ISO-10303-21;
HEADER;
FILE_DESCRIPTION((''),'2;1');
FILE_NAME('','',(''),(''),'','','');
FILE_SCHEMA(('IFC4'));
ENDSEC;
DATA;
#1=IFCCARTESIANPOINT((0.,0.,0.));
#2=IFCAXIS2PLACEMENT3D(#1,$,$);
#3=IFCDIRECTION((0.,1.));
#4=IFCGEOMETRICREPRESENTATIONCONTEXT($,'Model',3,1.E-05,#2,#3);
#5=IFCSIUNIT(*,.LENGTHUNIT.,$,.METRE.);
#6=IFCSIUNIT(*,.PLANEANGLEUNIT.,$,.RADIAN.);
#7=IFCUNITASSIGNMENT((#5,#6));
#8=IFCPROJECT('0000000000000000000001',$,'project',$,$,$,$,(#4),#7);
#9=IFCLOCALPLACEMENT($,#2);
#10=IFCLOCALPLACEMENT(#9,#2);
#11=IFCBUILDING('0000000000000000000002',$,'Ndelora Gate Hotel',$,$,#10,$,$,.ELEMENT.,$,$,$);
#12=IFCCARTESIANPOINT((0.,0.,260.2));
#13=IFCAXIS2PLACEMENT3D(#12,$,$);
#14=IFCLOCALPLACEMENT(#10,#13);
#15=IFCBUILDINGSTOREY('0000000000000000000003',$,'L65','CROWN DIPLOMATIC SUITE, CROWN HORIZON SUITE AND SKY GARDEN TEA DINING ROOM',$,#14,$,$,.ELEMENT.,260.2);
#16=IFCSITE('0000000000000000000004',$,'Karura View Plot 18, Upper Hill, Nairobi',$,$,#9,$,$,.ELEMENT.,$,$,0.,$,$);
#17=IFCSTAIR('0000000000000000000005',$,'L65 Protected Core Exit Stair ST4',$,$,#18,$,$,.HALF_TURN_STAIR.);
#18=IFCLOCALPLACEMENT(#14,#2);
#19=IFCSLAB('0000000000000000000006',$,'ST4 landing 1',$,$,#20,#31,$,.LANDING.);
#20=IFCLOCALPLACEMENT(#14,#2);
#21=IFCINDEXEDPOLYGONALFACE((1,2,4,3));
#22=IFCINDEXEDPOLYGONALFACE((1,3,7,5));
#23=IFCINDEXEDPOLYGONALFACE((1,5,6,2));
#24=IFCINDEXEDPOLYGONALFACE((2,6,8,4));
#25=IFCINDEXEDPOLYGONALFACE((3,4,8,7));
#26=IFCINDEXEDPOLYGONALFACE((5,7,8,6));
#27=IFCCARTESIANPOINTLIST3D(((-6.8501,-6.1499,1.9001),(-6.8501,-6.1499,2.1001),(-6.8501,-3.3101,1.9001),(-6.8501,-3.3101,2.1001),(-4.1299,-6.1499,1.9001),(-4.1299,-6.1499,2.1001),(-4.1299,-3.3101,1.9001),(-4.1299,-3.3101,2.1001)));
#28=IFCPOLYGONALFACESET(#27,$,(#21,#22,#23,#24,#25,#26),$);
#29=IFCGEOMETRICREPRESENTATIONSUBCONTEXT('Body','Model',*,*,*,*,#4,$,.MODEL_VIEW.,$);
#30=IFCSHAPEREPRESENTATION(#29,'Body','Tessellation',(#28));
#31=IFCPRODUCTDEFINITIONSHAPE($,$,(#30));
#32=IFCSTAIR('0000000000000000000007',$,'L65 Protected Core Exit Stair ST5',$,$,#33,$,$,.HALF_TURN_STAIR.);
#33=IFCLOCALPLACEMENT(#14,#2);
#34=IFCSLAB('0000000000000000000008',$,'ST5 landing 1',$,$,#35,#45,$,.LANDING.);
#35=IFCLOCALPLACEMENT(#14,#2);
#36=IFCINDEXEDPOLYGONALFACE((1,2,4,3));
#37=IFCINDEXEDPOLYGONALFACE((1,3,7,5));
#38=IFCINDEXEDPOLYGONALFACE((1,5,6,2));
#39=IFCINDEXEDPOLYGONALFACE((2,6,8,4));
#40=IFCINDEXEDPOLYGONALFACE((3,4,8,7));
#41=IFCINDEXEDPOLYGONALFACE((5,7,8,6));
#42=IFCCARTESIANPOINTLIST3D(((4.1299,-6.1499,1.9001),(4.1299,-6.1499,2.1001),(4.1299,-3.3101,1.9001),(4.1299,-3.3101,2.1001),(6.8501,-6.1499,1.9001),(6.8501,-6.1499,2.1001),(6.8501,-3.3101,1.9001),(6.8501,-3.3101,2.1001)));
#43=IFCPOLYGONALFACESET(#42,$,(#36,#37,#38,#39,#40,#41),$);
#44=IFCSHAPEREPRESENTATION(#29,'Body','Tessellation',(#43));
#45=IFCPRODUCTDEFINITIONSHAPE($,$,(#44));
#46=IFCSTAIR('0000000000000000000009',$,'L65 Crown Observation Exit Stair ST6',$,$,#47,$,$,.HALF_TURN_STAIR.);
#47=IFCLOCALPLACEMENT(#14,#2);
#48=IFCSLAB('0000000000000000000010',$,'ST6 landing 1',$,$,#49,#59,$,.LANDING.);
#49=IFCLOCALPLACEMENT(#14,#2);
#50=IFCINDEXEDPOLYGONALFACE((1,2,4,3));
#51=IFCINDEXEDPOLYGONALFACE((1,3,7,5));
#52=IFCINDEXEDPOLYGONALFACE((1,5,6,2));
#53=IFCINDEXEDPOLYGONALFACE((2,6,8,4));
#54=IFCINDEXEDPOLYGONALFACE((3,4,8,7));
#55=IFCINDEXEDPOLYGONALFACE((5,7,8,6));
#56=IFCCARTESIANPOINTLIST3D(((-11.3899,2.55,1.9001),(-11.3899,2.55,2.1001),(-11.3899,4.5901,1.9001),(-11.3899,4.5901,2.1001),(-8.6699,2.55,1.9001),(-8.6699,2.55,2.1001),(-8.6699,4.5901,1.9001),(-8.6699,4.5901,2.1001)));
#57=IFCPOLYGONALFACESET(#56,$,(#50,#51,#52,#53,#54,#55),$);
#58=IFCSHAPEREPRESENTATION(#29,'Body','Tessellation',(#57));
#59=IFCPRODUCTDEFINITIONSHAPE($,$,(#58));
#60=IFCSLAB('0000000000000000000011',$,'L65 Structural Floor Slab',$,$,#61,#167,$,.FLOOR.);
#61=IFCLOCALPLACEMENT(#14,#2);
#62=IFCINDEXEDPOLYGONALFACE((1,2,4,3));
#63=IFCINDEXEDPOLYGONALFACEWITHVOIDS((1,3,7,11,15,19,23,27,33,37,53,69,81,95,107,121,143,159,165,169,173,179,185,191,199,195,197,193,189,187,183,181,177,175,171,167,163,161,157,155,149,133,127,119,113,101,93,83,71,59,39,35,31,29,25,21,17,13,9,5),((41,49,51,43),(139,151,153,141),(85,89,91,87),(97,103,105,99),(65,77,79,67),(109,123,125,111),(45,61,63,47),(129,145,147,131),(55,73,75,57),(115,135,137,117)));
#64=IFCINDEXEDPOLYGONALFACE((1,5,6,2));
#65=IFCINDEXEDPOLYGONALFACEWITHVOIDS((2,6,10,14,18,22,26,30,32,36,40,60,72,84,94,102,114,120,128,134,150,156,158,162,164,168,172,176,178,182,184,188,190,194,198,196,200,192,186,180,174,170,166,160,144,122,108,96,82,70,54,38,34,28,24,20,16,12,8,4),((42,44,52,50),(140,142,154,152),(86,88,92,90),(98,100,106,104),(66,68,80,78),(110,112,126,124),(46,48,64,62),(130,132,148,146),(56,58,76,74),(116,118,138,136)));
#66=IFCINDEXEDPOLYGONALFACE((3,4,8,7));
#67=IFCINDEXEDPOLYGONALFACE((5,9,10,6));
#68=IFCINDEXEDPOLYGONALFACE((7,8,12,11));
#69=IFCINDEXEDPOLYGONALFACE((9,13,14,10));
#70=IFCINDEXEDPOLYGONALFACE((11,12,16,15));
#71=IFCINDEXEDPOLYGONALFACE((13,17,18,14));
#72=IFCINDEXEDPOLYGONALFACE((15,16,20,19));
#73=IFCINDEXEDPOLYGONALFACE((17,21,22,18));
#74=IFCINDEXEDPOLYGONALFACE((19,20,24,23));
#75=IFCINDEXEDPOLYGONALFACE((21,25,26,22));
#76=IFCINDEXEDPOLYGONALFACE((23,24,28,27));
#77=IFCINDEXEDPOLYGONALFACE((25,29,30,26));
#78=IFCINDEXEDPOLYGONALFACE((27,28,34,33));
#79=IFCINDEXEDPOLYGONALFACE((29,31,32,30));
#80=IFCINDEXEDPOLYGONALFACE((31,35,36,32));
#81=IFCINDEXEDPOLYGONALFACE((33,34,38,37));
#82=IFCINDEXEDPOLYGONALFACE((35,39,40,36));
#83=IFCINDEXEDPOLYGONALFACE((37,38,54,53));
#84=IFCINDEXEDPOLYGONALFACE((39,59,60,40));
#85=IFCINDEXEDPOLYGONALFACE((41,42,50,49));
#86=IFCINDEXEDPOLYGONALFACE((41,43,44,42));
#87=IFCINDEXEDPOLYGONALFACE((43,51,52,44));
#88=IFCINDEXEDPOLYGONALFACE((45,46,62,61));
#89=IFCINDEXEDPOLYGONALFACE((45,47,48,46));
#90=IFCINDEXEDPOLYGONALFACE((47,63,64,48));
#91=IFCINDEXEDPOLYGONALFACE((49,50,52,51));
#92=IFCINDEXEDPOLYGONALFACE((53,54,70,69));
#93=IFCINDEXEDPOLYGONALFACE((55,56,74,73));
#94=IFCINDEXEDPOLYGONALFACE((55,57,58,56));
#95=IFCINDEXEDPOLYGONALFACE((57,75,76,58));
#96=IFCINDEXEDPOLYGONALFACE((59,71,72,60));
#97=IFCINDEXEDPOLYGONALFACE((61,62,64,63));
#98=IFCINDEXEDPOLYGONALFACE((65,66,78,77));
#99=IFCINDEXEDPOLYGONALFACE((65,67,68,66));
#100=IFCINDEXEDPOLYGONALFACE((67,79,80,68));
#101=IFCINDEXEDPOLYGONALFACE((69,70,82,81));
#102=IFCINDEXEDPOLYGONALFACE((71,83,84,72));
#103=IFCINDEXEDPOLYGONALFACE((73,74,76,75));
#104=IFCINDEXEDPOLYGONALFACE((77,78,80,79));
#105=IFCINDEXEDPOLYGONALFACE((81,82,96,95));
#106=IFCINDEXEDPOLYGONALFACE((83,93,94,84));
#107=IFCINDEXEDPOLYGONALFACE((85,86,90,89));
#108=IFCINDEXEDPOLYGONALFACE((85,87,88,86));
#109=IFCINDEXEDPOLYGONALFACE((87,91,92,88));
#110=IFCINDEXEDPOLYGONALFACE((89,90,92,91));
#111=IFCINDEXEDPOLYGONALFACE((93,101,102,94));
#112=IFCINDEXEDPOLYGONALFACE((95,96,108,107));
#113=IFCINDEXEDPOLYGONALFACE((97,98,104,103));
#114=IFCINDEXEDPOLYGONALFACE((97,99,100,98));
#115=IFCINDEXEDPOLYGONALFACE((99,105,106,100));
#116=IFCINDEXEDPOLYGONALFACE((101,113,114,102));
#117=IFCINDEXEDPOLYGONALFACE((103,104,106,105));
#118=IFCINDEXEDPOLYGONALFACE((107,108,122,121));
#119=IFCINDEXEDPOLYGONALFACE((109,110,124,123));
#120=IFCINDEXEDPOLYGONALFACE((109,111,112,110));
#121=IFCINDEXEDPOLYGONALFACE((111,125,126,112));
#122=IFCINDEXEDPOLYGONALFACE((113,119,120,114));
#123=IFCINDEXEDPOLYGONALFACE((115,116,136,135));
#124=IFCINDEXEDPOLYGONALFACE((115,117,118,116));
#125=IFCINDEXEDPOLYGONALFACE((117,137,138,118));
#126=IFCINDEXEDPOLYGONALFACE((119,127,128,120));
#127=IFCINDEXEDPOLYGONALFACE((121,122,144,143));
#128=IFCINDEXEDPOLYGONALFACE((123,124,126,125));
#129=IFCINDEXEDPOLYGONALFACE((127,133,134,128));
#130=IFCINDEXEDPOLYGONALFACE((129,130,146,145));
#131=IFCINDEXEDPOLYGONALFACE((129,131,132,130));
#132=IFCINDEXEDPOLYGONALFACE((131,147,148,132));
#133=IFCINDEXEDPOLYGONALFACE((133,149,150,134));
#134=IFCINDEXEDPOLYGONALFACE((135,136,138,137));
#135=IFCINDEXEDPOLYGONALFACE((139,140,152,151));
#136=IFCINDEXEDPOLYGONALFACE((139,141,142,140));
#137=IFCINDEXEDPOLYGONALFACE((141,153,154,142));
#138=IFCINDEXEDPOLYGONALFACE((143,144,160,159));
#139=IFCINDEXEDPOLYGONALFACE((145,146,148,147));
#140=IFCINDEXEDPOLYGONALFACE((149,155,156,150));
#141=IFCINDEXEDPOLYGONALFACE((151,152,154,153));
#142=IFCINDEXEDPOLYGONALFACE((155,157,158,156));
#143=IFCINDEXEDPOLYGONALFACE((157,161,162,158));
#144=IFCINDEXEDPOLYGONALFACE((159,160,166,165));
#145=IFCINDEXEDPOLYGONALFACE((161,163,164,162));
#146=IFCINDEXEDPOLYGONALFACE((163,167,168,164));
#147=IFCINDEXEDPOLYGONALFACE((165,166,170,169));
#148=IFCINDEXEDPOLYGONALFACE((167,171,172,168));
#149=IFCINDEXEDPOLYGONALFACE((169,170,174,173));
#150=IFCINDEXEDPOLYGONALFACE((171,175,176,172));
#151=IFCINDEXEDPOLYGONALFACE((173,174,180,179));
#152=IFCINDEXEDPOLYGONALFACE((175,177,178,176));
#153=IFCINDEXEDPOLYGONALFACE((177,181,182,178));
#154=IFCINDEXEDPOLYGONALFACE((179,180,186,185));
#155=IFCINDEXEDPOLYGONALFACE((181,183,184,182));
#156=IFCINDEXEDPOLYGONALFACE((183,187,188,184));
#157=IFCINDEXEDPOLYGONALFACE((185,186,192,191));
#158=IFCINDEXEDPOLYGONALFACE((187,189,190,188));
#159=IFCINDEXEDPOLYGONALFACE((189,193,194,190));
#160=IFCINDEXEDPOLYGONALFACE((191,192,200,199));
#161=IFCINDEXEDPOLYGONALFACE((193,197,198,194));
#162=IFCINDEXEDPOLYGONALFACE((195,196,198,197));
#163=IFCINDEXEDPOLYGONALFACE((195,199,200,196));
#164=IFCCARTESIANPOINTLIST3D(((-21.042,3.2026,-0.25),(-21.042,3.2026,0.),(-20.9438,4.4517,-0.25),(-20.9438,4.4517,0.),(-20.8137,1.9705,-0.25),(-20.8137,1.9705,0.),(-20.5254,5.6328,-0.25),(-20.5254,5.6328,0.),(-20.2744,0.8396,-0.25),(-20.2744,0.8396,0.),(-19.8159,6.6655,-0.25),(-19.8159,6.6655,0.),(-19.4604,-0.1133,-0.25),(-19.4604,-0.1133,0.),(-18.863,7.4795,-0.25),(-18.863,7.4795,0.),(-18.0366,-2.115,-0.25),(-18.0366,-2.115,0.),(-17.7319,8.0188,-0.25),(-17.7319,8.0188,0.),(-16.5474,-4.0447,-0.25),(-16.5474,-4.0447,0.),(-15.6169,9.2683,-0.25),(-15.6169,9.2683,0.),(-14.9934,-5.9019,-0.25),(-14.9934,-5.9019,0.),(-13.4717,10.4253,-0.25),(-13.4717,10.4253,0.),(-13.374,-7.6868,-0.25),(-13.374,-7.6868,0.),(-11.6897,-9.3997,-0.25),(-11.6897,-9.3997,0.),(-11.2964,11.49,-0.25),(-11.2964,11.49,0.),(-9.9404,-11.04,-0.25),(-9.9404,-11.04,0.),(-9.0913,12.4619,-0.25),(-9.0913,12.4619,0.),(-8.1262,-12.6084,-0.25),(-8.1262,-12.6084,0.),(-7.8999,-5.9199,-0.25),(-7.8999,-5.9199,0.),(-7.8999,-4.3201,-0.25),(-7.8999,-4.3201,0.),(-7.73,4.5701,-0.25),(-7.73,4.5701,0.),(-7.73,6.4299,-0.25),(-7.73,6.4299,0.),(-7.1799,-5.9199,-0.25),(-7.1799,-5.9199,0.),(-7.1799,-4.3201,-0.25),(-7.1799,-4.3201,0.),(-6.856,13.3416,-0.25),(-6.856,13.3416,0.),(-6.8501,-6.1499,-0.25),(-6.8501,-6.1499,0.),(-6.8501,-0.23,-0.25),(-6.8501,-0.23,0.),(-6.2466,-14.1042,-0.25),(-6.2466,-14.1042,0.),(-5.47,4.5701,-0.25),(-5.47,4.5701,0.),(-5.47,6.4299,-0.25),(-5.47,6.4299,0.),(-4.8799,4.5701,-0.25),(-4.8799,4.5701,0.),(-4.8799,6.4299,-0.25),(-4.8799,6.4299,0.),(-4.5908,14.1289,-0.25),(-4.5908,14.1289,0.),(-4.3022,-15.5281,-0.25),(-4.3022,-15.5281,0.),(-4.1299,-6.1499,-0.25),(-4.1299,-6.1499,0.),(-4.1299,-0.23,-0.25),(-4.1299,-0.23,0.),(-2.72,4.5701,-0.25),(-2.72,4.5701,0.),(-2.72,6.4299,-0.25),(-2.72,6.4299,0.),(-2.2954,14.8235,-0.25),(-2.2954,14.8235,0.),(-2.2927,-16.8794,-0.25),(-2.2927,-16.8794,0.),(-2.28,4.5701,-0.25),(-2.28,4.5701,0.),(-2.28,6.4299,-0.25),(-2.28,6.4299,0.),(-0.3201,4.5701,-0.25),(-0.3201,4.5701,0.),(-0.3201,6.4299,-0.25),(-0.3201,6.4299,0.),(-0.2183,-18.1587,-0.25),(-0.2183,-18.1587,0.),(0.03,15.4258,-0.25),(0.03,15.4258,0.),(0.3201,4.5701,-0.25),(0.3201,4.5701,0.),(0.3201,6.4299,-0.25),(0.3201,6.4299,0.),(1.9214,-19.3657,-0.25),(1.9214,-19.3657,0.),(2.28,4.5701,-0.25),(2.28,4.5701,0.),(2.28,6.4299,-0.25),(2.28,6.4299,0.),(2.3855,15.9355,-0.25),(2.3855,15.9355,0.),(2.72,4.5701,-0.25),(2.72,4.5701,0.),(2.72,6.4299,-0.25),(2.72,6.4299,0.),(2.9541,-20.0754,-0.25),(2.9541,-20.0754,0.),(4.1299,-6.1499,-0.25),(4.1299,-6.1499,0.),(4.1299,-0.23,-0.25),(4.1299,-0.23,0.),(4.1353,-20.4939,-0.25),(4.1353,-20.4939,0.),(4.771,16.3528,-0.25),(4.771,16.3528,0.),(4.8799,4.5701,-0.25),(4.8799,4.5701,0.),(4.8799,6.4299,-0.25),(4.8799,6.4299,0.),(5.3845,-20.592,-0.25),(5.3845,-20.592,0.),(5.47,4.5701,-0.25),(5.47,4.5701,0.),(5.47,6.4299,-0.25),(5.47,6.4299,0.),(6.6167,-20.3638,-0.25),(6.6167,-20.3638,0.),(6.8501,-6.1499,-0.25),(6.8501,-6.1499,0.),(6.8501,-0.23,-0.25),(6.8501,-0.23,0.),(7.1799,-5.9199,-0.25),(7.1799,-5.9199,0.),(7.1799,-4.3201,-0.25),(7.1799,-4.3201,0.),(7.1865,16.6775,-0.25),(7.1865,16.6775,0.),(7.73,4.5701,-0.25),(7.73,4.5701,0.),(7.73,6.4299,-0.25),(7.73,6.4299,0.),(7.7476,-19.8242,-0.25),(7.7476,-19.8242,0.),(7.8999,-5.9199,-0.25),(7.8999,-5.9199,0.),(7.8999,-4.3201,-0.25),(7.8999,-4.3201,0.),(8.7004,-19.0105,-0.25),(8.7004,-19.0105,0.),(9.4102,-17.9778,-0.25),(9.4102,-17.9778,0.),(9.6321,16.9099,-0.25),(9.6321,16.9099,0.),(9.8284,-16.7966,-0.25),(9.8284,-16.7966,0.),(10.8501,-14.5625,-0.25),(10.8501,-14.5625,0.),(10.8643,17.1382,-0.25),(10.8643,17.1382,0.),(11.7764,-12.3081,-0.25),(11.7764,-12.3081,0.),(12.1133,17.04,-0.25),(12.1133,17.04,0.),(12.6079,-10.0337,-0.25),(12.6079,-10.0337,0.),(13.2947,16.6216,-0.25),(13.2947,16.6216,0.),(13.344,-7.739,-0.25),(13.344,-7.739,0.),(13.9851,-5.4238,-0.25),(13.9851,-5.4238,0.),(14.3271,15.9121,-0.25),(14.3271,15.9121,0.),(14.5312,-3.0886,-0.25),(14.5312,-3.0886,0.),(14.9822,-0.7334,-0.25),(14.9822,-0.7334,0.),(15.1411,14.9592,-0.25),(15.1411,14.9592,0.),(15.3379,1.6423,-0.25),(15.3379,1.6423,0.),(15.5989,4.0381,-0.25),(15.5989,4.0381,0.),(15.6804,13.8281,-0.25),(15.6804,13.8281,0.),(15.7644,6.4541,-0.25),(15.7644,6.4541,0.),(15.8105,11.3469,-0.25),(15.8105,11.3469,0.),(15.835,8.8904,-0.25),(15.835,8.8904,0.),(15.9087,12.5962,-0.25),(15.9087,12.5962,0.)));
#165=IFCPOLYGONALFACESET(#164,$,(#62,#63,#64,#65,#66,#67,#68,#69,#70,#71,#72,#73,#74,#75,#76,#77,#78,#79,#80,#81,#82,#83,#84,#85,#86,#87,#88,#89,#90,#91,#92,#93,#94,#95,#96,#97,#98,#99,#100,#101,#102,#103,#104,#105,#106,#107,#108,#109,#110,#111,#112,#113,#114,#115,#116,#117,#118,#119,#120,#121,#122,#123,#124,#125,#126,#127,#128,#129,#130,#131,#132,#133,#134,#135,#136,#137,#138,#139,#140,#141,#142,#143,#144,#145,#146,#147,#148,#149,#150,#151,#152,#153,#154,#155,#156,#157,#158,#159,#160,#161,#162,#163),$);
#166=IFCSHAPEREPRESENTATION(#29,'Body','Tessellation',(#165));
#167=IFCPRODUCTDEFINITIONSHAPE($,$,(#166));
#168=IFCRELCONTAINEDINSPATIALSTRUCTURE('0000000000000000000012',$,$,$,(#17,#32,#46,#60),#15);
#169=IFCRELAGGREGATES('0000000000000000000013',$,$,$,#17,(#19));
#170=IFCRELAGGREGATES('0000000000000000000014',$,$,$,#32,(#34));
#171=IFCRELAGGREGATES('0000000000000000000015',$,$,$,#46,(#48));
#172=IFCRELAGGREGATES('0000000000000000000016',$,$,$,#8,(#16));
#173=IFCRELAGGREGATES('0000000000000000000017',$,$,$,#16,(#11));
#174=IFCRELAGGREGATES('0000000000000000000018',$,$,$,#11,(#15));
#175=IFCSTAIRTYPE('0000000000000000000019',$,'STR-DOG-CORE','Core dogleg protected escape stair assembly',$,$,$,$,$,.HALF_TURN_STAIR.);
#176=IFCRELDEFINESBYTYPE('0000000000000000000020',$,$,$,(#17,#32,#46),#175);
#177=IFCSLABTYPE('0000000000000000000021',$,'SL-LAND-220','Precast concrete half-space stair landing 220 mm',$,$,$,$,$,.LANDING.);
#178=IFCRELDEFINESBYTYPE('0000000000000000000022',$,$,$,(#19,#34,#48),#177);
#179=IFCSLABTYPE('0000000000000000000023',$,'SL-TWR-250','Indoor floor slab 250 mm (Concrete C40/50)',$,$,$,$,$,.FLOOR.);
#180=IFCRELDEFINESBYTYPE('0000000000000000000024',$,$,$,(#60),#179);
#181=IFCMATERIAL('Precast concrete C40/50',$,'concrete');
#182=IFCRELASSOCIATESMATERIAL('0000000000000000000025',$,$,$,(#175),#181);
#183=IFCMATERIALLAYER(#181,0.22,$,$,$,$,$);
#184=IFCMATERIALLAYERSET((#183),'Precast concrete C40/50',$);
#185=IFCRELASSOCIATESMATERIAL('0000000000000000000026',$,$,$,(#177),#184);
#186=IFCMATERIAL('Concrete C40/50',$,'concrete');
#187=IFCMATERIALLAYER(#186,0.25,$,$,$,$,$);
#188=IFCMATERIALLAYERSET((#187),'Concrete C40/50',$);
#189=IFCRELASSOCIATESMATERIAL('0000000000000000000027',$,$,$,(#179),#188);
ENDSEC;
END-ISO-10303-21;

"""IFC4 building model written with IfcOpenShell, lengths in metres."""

from ifc_helpers import new_model, si_unit, direction, frame, origin, place, context, subcontext, project, spatial, polyline, outline, extrude, material, layer, layer_set, type_object, element, aggregate, save


model = new_model("IFC4")

# Units and contexts
model_context = context("Model", 3, precision=1e-05, world=origin(), true_north=direction((0.0, 1.0)))
body_context = subcontext(model_context, "Body", "Model", "MODEL_VIEW")
ifc_project = project(units=[si_unit("LENGTHUNIT", "METRE"), si_unit("PLANEANGLEUNIT", "RADIAN")], contexts=[model_context])

# Site, building, storey
site_placement = place(None, origin())
site = spatial("IfcSite", under=ifc_project, at=site_placement, Name="Karura View Plot 18, Upper Hill, Nairobi", CompositionType="ELEMENT", RefElevation=0.0)
building_placement = place(site_placement, origin())
building = spatial("IfcBuilding", under=site, at=building_placement, Name="Ndelora Gate Hotel", CompositionType="ELEMENT")
storey_placement = place(building_placement, frame((0.0, 0.0, 260.2)))
storey = spatial("IfcBuildingStorey", under=building, at=storey_placement, Name="L65", Description="CROWN DIPLOMATIC SUITE, CROWN HORIZON SUITE AND SKY GARDEN TEA DINING ROOM", CompositionType="ELEMENT", Elevation=260.2)

# Stairs, slabs
ifc_material_1 = material(Name="Precast concrete C40/50", Category="concrete")
stair_type = type_object("IfcStairType", Name="STR-DOG-CORE", Description="Core dogleg protected escape stair assembly", PredefinedType="HALF_TURN_STAIR", material=ifc_material_1)
stair_1_placement = place(storey_placement, origin())
stair_1 = element("IfcStair", 1, at=stair_1_placement, inside=storey, type_object=stair_type, Name="L65 Protected Core Exit Stair ST4", PredefinedType="HALF_TURN_STAIR")
ifc_layer_1 = layer(ifc_material_1, 0.22)
ifc_layer_set_1 = layer_set([ifc_layer_1], Name="Precast concrete C40/50")
slab_type_1 = type_object("IfcSlabType", Name="SL-LAND-220", Description="Precast concrete half-space stair landing 220 mm", PredefinedType="LANDING", material=ifc_layer_set_1)
slab_1_placement = place(storey_placement, frame((0.0, 0.0, 1.9001)))
slab_1 = element("IfcSlab", 2, at=slab_1_placement, type_object=slab_type_1, Name="ST4 landing 1", PredefinedType="LANDING", context=body_context, shape_type="SweptSolid", body=[
    extrude(outline(polyline([(-6.8501, -3.3101), (-6.8501, -6.1499), (-4.1299, -6.1499), (-4.1299, -3.3101), (-6.8501, -3.3101)])), origin(), (0.0, 0.0, 1.0), 0.2),
])
aggregate(stair_1, [slab_1])
stair_2_placement = place(storey_placement, origin())
stair_2 = element("IfcStair", 3, at=stair_2_placement, inside=storey, type_object=stair_type, Name="L65 Protected Core Exit Stair ST5", PredefinedType="HALF_TURN_STAIR")
slab_2_placement = place(storey_placement, frame((0.0, 0.0, 1.9001)))
slab_2 = element("IfcSlab", 4, at=slab_2_placement, type_object=slab_type_1, Name="ST5 landing 1", PredefinedType="LANDING", context=body_context, shape_type="SweptSolid", body=[
    extrude(outline(polyline([(4.1299, -3.3101), (4.1299, -6.1499), (6.8501, -6.1499), (6.8501, -3.3101), (4.1299, -3.3101)])), origin(), (0.0, 0.0, 1.0), 0.2),
])
aggregate(stair_2, [slab_2])
stair_3_placement = place(storey_placement, origin())
stair_3 = element("IfcStair", 5, at=stair_3_placement, inside=storey, type_object=stair_type, Name="L65 Crown Observation Exit Stair ST6", PredefinedType="HALF_TURN_STAIR")
slab_3_placement = place(storey_placement, frame((0.0, 0.0, 1.9001)))
slab_3 = element("IfcSlab", 6, at=slab_3_placement, type_object=slab_type_1, Name="ST6 landing 1", PredefinedType="LANDING", context=body_context, shape_type="SweptSolid", body=[
    extrude(outline(polyline([(-11.3899, 4.5901), (-11.3899, 2.55), (-8.6699, 2.55), (-8.6699, 4.5901), (-11.3899, 4.5901)])), origin(), (0.0, 0.0, 1.0), 0.2),
])
aggregate(stair_3, [slab_3])

# Slab
ifc_material_2 = material(Name="Concrete C40/50", Category="concrete")
ifc_layer_2 = layer(ifc_material_2, 0.25)
ifc_layer_set_2 = layer_set([ifc_layer_2], Name="Concrete C40/50")
slab_type_2 = type_object("IfcSlabType", Name="SL-TWR-250", Description="Indoor floor slab 250 mm (Concrete C40/50)", PredefinedType="FLOOR", material=ifc_layer_set_2)
slab_4_placement = place(storey_placement, frame((0.0, 0.0, -0.25)))
element("IfcSlab", 7, at=slab_4_placement, inside=storey, type_object=slab_type_2, Name="L65 Structural Floor Slab", PredefinedType="FLOOR", context=body_context, shape_type="SweptSolid", body=[
    extrude(outline(polyline([(-17.7319, 8.0188), (-18.863, 7.4795), (-19.8159, 6.6655), (-20.5254, 5.6328), (-20.9438, 4.4517), (-21.042, 3.2026), (-20.8137, 1.9705), (-20.2744, 0.8396), (-19.4604, -0.1133), (-18.0366, -2.115), (-16.5474, -4.0447), (-14.9934, -5.9019), (-13.374, -7.6868), (-11.6897, -9.3997), (-9.9404, -11.04), (-8.1262, -12.6084), (-6.2466, -14.1042), (-4.3022, -15.5281), (-2.2927, -16.8794), (-0.2183, -18.1587), (1.9214, -19.3657), (2.9541, -20.0754), (4.1353, -20.4939), (5.3845, -20.592), (6.6167, -20.3638), (7.7476, -19.8242), (8.7004, -19.0105), (9.4102, -17.9778), (9.8284, -16.7966), (10.8501, -14.5625), (11.7764, -12.3081), (12.6079, -10.0337), (13.344, -7.739), (13.9851, -5.4238), (14.5312, -3.0886), (14.9822, -0.7334), (15.3379, 1.6423), (15.5989, 4.0381), (15.7644, 6.4541), (15.835, 8.8904), (15.8105, 11.3469), (15.9087, 12.5962), (15.6804, 13.8281), (15.1411, 14.9592), (14.3271, 15.9121), (13.2947, 16.6216), (12.1133, 17.04), (10.8643, 17.1382), (9.6321, 16.9099), (7.1865, 16.6775), (4.771, 16.3528), (2.3855, 15.9355), (0.03, 15.4258), (-2.2954, 14.8235), (-4.5908, 14.1289), (-6.856, 13.3416), (-9.0913, 12.4619), (-11.2964, 11.49), (-13.4717, 10.4253), (-15.6169, 9.2683), (-17.7319, 8.0188)]), holes=[polyline([(-6.8501, -0.23), (-6.8501, -6.1499), (-4.1299, -6.1499), (-4.1299, -0.23), (-6.8501, -0.23)]), polyline([(4.1299, -0.23), (4.1299, -6.1499), (6.8501, -6.1499), (6.8501, -0.23), (4.1299, -0.23)]), polyline([(-7.73, 4.5701), (-5.47, 4.5701), (-5.47, 6.4299), (-7.73, 6.4299), (-7.73, 4.5701)]), polyline([(5.47, 4.5701), (7.73, 4.5701), (7.73, 6.4299), (5.47, 6.4299), (5.47, 4.5701)]), polyline([(-4.8799, 4.5701), (-2.72, 4.5701), (-2.72, 6.4299), (-4.8799, 6.4299), (-4.8799, 4.5701)]), polyline([(2.72, 4.5701), (4.8799, 4.5701), (4.8799, 6.4299), (2.72, 6.4299), (2.72, 4.5701)]), polyline([(-2.28, 4.5701), (-0.3201, 4.5701), (-0.3201, 6.4299), (-2.28, 6.4299), (-2.28, 4.5701)]), polyline([(0.3201, 4.5701), (2.28, 4.5701), (2.28, 6.4299), (0.3201, 6.4299), (0.3201, 4.5701)]), polyline([(-7.8999, -5.9199), (-7.1799, -5.9199), (-7.1799, -4.3201), (-7.8999, -4.3201), (-7.8999, -5.9199)]), polyline([(7.1799, -5.9199), (7.8999, -5.9199), (7.8999, -4.3201), (7.1799, -4.3201), (7.1799, -5.9199)])]), origin(), (0.0, 0.0, 1.0), 0.25),
])

save(model, "model.ifc")
